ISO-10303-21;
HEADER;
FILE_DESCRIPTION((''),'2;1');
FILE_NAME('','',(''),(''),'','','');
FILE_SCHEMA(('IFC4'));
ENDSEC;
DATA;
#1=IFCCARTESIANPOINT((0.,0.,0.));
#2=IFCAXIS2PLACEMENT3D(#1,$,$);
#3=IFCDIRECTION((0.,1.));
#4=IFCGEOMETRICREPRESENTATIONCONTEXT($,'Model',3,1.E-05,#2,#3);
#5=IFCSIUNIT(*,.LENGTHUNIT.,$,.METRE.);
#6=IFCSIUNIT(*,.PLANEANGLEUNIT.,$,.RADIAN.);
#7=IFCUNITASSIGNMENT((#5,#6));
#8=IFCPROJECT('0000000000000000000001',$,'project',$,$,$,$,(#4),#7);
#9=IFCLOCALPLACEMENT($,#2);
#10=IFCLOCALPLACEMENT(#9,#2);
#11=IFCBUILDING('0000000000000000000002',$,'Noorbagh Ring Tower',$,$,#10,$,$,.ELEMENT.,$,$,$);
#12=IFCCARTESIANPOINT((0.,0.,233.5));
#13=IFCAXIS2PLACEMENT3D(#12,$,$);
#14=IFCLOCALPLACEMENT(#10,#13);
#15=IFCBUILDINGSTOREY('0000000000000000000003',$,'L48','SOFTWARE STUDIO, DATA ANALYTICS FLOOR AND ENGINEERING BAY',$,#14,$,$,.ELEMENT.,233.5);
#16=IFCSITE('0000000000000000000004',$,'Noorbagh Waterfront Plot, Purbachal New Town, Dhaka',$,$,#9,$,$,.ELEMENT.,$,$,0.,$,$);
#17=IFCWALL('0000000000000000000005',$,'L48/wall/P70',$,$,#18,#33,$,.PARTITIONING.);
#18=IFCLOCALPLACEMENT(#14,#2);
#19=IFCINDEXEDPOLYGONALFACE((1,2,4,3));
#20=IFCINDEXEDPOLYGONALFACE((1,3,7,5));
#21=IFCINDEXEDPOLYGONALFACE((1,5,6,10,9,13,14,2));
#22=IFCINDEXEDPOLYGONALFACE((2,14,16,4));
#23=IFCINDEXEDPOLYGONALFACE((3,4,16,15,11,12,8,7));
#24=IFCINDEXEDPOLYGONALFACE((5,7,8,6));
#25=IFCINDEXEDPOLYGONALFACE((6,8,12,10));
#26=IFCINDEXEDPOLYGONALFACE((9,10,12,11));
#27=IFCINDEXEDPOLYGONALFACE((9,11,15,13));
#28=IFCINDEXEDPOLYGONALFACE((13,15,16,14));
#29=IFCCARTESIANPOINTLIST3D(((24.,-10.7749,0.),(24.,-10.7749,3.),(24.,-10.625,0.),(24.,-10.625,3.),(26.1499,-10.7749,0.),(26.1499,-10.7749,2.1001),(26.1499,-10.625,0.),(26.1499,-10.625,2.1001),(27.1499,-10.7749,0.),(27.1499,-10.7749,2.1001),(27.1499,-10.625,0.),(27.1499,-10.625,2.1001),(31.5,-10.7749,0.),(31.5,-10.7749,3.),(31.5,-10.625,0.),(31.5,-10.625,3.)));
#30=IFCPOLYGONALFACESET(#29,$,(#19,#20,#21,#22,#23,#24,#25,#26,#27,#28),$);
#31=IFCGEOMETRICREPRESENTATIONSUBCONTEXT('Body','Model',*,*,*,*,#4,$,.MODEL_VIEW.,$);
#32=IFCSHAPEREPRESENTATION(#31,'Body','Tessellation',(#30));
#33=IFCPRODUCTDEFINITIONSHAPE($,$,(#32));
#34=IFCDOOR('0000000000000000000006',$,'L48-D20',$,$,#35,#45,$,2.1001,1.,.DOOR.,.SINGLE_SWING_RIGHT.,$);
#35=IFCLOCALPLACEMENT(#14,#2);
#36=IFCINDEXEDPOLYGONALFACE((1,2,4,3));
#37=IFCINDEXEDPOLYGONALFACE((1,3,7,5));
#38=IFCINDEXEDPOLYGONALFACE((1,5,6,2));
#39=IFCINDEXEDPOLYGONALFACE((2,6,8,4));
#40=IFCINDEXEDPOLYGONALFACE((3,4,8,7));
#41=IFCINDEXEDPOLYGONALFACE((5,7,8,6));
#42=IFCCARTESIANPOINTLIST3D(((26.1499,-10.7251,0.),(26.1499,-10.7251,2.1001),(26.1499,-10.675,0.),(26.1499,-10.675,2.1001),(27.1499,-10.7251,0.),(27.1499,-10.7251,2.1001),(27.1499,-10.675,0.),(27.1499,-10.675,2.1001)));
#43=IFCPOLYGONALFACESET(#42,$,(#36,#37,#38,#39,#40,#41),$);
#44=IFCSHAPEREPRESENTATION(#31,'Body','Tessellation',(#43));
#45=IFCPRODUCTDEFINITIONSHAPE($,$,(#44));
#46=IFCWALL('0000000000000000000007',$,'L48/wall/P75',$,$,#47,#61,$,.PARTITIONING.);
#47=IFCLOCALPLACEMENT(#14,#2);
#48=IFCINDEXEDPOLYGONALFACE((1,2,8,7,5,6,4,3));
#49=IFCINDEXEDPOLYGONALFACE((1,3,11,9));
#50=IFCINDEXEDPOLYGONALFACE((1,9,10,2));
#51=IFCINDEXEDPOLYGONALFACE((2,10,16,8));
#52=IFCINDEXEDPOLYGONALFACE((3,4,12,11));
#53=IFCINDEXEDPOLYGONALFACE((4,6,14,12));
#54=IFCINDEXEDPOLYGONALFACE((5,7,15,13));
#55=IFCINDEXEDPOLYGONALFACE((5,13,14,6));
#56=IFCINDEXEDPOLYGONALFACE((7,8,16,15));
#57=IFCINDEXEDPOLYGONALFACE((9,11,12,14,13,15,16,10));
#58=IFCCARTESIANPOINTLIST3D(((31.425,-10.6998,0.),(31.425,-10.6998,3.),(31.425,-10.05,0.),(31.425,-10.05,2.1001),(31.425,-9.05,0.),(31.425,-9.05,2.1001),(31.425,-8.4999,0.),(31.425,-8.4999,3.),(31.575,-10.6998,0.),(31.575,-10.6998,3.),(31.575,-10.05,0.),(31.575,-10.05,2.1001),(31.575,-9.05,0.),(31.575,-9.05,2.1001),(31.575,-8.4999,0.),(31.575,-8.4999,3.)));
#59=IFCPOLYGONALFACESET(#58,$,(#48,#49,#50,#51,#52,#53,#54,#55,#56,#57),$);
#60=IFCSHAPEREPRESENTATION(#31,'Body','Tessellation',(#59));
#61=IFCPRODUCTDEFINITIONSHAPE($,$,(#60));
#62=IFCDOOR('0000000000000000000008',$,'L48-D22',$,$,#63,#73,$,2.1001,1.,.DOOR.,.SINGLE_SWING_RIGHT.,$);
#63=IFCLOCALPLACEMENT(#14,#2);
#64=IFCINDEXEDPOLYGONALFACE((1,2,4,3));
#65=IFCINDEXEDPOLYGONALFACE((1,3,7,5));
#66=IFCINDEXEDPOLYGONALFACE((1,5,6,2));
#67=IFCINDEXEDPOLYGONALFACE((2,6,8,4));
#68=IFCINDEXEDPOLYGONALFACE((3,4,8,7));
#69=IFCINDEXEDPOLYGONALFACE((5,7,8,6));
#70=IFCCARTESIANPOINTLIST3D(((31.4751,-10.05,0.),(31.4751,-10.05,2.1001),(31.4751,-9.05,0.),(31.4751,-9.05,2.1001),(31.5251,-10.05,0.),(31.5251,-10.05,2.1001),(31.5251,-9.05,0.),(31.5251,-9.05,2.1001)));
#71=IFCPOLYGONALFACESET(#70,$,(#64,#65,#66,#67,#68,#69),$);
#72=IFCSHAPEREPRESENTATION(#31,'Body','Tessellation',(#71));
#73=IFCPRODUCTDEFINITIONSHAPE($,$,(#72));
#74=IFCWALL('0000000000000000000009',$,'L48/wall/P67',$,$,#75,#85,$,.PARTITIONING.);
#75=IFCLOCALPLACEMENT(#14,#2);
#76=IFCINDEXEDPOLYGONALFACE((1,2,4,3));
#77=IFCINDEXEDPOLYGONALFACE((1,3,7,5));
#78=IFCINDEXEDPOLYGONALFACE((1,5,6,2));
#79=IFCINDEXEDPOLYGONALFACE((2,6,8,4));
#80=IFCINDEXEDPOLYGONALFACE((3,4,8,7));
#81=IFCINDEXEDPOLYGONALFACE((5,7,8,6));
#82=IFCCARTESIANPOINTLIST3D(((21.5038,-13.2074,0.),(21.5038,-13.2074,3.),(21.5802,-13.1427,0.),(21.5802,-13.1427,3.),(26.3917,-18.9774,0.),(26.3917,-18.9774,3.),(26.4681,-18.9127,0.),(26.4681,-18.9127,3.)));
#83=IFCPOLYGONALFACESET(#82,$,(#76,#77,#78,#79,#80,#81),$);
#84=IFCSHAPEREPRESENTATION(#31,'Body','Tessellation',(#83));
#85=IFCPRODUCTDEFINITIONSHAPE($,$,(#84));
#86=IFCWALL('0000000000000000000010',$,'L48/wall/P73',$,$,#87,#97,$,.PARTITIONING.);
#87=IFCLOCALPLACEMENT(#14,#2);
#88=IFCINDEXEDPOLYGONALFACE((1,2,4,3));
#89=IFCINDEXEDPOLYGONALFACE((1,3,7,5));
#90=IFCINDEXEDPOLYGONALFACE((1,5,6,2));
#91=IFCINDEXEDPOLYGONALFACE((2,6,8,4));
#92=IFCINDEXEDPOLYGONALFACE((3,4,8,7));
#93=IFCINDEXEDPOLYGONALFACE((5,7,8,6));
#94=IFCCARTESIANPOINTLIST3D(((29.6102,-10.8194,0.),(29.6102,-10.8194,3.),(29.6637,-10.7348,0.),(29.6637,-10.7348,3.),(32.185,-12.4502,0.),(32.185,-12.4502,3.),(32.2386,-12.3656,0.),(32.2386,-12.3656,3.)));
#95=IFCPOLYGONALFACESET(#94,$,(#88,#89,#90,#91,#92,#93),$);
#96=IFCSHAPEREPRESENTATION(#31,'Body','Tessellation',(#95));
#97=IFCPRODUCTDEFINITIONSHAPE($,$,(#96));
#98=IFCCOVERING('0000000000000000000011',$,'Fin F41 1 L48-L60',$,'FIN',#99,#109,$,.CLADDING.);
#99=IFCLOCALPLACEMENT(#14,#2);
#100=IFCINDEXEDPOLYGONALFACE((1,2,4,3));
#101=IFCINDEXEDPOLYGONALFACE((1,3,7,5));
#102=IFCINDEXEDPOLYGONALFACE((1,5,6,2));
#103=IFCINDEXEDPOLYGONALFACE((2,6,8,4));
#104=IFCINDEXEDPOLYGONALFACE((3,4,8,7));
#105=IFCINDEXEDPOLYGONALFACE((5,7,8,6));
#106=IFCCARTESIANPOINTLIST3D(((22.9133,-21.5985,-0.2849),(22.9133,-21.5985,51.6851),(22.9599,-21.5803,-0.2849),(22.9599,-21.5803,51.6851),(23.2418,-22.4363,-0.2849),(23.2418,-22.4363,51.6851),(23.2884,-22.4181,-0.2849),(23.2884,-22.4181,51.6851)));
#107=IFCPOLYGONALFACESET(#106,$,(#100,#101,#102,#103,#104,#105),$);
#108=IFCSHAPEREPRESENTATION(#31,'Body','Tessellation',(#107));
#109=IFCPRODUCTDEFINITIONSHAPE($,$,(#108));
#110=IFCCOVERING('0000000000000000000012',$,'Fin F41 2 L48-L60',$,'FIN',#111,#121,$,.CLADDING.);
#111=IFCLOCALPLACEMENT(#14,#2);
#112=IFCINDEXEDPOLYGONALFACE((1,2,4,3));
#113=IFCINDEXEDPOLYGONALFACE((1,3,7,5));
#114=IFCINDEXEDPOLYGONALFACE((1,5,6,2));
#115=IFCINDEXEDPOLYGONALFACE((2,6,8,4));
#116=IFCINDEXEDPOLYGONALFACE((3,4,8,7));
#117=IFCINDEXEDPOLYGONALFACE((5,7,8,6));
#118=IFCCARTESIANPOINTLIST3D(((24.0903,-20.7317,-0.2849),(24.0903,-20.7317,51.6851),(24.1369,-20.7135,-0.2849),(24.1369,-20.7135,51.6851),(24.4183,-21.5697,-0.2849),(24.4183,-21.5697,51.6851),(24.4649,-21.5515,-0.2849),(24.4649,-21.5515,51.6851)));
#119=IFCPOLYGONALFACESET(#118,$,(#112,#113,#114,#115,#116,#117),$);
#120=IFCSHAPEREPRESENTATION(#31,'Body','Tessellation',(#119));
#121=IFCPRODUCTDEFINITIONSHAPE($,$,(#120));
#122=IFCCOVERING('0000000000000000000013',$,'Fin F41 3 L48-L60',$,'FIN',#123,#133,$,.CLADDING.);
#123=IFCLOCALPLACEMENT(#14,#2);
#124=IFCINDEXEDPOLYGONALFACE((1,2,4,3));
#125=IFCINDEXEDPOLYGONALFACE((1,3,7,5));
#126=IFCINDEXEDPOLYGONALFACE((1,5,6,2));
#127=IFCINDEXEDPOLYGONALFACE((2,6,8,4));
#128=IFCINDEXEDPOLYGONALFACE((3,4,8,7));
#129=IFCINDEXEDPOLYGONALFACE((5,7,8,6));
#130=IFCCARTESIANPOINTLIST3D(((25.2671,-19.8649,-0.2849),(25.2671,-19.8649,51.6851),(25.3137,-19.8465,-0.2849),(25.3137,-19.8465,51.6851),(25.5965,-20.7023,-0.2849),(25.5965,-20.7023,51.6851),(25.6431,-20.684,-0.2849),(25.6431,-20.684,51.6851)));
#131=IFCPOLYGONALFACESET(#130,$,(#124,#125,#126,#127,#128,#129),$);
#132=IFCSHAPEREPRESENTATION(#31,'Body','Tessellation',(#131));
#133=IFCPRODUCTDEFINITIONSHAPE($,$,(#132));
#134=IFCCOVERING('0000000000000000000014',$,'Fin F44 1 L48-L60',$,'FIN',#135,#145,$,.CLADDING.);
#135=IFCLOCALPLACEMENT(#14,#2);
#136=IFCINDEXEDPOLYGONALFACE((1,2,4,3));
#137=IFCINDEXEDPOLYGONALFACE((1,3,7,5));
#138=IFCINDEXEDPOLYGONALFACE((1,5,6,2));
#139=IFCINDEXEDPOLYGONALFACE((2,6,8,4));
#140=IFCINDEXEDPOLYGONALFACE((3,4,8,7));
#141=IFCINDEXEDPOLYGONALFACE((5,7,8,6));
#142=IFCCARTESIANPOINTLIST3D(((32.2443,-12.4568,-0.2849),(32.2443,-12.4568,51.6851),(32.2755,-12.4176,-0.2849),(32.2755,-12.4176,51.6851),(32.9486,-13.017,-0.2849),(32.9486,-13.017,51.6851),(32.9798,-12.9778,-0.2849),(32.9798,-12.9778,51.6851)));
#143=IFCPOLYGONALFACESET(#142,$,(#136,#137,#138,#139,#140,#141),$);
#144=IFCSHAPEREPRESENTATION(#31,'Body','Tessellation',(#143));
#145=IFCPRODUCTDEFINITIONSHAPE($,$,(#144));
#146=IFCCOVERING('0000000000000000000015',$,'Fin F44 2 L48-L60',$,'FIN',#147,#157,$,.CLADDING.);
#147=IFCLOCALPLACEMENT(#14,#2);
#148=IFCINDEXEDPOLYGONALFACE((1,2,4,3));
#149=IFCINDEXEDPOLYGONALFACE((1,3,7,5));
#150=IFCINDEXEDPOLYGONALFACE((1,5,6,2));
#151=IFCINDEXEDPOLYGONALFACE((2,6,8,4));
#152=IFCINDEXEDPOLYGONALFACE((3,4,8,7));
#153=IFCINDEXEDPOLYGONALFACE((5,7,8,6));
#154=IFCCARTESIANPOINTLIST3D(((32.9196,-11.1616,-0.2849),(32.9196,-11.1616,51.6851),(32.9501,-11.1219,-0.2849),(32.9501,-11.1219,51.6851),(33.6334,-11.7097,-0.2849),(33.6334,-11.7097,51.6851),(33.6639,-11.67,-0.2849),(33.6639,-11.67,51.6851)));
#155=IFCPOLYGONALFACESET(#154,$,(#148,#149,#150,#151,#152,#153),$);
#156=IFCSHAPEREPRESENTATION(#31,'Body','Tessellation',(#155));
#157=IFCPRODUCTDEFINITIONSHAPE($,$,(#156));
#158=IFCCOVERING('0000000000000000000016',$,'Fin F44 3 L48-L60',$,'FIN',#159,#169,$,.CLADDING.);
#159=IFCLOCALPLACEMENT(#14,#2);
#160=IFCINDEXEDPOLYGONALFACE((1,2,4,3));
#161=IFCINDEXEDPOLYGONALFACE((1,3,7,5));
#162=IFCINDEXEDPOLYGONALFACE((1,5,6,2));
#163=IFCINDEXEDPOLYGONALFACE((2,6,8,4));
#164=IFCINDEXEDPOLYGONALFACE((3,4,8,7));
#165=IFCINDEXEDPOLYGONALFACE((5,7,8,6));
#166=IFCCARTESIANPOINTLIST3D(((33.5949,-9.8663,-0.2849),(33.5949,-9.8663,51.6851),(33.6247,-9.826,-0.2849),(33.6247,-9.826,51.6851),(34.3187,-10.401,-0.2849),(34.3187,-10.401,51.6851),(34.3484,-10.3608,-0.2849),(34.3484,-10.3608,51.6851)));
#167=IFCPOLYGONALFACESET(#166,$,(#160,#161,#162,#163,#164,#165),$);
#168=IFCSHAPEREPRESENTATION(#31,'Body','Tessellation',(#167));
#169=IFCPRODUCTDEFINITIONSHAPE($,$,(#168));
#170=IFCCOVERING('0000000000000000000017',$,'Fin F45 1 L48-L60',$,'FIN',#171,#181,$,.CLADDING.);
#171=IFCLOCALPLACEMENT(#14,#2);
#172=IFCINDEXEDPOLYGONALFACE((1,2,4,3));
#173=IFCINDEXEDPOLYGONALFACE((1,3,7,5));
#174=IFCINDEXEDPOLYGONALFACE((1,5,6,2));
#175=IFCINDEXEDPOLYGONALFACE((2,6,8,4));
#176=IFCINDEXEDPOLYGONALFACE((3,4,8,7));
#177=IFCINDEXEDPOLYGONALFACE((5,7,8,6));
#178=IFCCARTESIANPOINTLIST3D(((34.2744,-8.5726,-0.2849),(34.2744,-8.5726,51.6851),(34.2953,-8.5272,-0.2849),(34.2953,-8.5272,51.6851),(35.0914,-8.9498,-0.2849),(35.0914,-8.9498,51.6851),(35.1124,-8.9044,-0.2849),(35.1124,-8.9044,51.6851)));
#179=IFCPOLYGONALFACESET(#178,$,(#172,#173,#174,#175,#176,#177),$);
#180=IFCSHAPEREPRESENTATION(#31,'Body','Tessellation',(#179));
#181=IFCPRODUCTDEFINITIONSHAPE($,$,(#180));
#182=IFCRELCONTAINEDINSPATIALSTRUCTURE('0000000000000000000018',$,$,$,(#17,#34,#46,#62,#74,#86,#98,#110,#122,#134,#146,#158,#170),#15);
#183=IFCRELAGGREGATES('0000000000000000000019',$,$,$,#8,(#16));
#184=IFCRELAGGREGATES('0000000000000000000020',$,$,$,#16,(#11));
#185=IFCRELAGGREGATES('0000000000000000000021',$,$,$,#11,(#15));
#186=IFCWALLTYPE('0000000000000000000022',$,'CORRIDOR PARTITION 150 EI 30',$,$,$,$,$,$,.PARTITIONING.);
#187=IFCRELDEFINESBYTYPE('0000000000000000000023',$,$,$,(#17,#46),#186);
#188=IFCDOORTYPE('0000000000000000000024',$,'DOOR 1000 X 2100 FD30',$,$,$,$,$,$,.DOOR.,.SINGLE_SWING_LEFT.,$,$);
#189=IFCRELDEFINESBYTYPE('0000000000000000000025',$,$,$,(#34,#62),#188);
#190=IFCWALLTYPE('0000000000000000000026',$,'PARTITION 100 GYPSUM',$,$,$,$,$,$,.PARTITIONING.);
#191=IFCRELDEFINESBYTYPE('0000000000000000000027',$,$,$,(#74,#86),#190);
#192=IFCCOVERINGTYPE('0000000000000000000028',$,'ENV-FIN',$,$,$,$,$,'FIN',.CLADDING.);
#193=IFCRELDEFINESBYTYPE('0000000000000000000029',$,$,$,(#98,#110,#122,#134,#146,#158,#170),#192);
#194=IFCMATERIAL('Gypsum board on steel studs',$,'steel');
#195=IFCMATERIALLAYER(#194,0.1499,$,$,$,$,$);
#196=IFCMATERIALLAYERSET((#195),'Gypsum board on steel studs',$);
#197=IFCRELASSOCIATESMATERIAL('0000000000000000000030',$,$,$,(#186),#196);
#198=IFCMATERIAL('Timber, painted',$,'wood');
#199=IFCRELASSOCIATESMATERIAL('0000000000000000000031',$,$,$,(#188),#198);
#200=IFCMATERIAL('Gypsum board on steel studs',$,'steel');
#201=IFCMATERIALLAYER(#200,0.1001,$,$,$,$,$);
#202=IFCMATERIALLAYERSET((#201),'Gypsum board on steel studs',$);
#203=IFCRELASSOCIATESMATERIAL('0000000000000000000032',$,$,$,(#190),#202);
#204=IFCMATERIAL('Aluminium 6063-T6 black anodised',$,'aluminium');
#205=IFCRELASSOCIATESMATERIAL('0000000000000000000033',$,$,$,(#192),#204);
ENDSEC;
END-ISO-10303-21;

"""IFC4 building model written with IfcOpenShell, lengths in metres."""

from ifc_helpers import new_model, si_unit, direction, frame, frame_2d, origin, origin_2d, place, context, subcontext, project, spatial, rectangle, extrude, material, layer, layer_set, material_profile, profile_set, type_object, element, fill, save


model = new_model("IFC4")

# Units and contexts
model_context = context("Model", 3, precision=1e-05, world=origin(), true_north=direction((0.0, 1.0)))
body_context = subcontext(model_context, "Body", "Model", "MODEL_VIEW")
ifc_project = project(units=[si_unit("LENGTHUNIT", "METRE"), si_unit("PLANEANGLEUNIT", "RADIAN")], contexts=[model_context])

# Site, building, storey
site_placement = place(None, origin())
site = spatial("IfcSite", under=ifc_project, at=site_placement, Name="Noorbagh Waterfront Plot, Purbachal New Town, Dhaka", CompositionType="ELEMENT", RefElevation=0.0)
building_placement = place(site_placement, origin())
building = spatial("IfcBuilding", under=site, at=building_placement, Name="Noorbagh Ring Tower", CompositionType="ELEMENT")
storey_placement = place(building_placement, frame((0.0, 0.0, 233.5)))
storey = spatial("IfcBuildingStorey", under=building, at=storey_placement, Name="L48", Description="SOFTWARE STUDIO, DATA ANALYTICS FLOOR AND ENGINEERING BAY", CompositionType="ELEMENT", Elevation=233.5)

# Shared definitions
ifc_material_1 = material(Name="Gypsum board on steel studs", Category="steel")
ifc_layer_1 = layer(ifc_material_1, 0.1499)
ifc_layer_set_1 = layer_set([ifc_layer_1], Name="Gypsum board on steel studs")
wall_type_1 = type_object("IfcWallType", Name="CORRIDOR PARTITION 150 EI 30", PredefinedType="PARTITIONING", material=ifc_layer_set_1)

# Walls, openings, doors
wall_1_placement = place(storey_placement, frame((24.0, -10.7, 0.0), z_axis=(0.0, 0.0, 1.0), x_axis=(1.0, 0.0, 0.0)))
wall_1 = element("IfcWall", 1, at=wall_1_placement, inside=storey, type_object=wall_type_1, Name="L48/wall/P70", PredefinedType="PARTITIONING", context=body_context, shape_type="SweptSolid", body=[
    extrude(rectangle(XDim=7.5, YDim=0.1499, at=frame_2d((3.75, 0.0))), origin(), (0.0, 0.0, 1.0), 3.0),
])
opening_1_placement = place(wall_1_placement, frame((2.1499, 0.0, 0.0)))
opening_1 = element("IfcOpeningElement", 2, at=opening_1_placement, cuts=wall_1, PredefinedType="OPENING", context=body_context, shape_type="SweptSolid", body=[
    extrude(rectangle(XDim=1.0, YDim=2.1001, at=frame_2d((0.5, 1.05))), frame((0.0, 0.085, 0.0), z_axis=(0.0, -1.0, 0.0), x_axis=(1.0, 0.0, 0.0)), (0.0, 0.0, 1.0), 0.1699),
])
ifc_material_2 = material(Name="Timber, painted", Category="wood")
door_type = type_object("IfcDoorType", Name="DOOR 1000 X 2100 FD30", OperationType="SINGLE_SWING_LEFT", PredefinedType="DOOR", material=ifc_material_2)
door_1_placement = place(opening_1_placement, origin())
door_1 = element("IfcDoor", 3, at=door_1_placement, inside=storey, type_object=door_type, Name="L48-D20", OperationType="SINGLE_SWING_RIGHT", OverallHeight=2.1001, OverallWidth=1.0, PredefinedType="DOOR", context=body_context, shape_type="SweptSolid", body=[
    extrude(rectangle(XDim=1.0, YDim=2.1001, at=frame_2d((0.5, 1.05))), frame((0.0, 0.0249, 0.0), z_axis=(0.0, -1.0, 0.0), x_axis=(1.0, 0.0, 0.0)), (0.0, 0.0, 1.0), 0.05),
])
fill(opening_1, door_1)
wall_2_placement = place(storey_placement, frame((31.5, -10.7, 0.0), z_axis=(0.0, 0.0, 1.0), x_axis=(0.0, 1.0, 0.0)))
wall_2 = element("IfcWall", 4, at=wall_2_placement, inside=storey, type_object=wall_type_1, Name="L48/wall/P75", PredefinedType="PARTITIONING", context=body_context, shape_type="SweptSolid", body=[
    extrude(rectangle(XDim=2.2, YDim=0.1499, at=frame_2d((1.1001, 0.0))), origin(), (0.0, 0.0, 1.0), 3.0),
])
opening_2_placement = place(wall_2_placement, frame((0.6499, 0.0, 0.0)))
opening_2 = element("IfcOpeningElement", 5, at=opening_2_placement, cuts=wall_2, PredefinedType="OPENING", context=body_context, shape_type="SweptSolid", body=[
    extrude(rectangle(XDim=1.0, YDim=2.1001, at=frame_2d((0.5, 1.05))), frame((0.0, 0.085, 0.0), z_axis=(0.0, -1.0, 0.0), x_axis=(1.0, 0.0, 0.0)), (0.0, 0.0, 1.0), 0.1699),
])
door_2_placement = place(opening_2_placement, origin())
door_2 = element("IfcDoor", 6, at=door_2_placement, inside=storey, type_object=door_type, Name="L48-D22", OperationType="SINGLE_SWING_RIGHT", OverallHeight=2.1001, OverallWidth=1.0, PredefinedType="DOOR", context=body_context, shape_type="SweptSolid", body=[
    extrude(rectangle(XDim=1.0, YDim=2.1001, at=frame_2d((0.5, 1.05))), frame((0.0, 0.0249, 0.0), z_axis=(0.0, -1.0, 0.0), x_axis=(1.0, 0.0, 0.0)), (0.0, 0.0, 1.0), 0.05),
])
fill(opening_2, door_2)

# Walls
ifc_material_3 = material(Name="Gypsum board on steel studs", Category="steel")
ifc_layer_2 = layer(ifc_material_3, 0.1001)
ifc_layer_set_2 = layer_set([ifc_layer_2], Name="Gypsum board on steel studs")
wall_type_2 = type_object("IfcWallType", Name="PARTITION 100 GYPSUM", PredefinedType="PARTITIONING", material=ifc_layer_set_2)
wall_3_placement = place(storey_placement, frame((21.542, -13.175, 0.0), z_axis=(0.0, 0.0, 1.0), x_axis=(0.646375, -0.76302, 0.0)))
element("IfcWall", 7, at=wall_3_placement, inside=storey, type_object=wall_type_2, Name="L48/wall/P67", PredefinedType="PARTITIONING", context=body_context, shape_type="SweptSolid", body=[
    extrude(rectangle(XDim=7.562, YDim=0.1001, at=frame_2d((3.781, 0.0))), origin(), (0.0, 0.0, 1.0), 3.0),
])
wall_4_placement = place(storey_placement, frame((29.637, -10.7771, 0.0), z_axis=(0.0, 0.0, 1.0), x_axis=(0.844811, -0.535065, 0.0)))
element("IfcWall", 8, at=wall_4_placement, inside=storey, type_object=wall_type_2, Name="L48/wall/P73", PredefinedType="PARTITIONING", context=body_context, shape_type="SweptSolid", body=[
    extrude(rectangle(XDim=3.0479, YDim=0.1001, at=frame_2d((1.5239, 0.0))), origin(), (0.0, 0.0, 1.0), 3.0),
])

# Coverings
ifc_material_4 = material(Name="Aluminium 6063-T6 black anodised", Category="aluminium")
ifc_material_profile_1 = material_profile(ifc_material_4, rectangle(XDim=0.8999, YDim=0.05, at=origin_2d()), Name="900x50")
ifc_profile_set_1 = profile_set([ifc_material_profile_1], Name="Aluminium 6063-T6 black anodised")
covering_type = type_object("IfcCoveringType", Name="ENV-FIN", ElementType="FIN", PredefinedType="CLADDING", material=ifc_profile_set_1)
for number, where, z_axis, x_axis, name in (
    (9, (23.1008, -22.0083, -0.2849), (0.0, 0.0, 1.0), (0.365038, -0.930993, 0.0), "Fin F41 1 L48-L60"),
    (10, (24.2776, -21.1416, -0.2849), (0.0, 0.0, 1.0), (0.364533, -0.93119, 0.0), "Fin F41 2 L48-L60"),
    (11, (25.4551, -20.2744, -0.2849), (0.0, 0.0, 1.0), (0.366047, -0.930596, 0.0), "Fin F41 3 L48-L60"),
    (12, (32.6121, -12.7173, -0.2849), (0.0, 0.0, 1.0), (0.782644, -0.62247, 0.0), "Fin F44 1 L48-L60"),
    (13, (33.2917, -11.4158, -0.2849), (0.0, 0.0, 1.0), (0.793138, -0.609043, 0.0), "Fin F44 2 L48-L60"),
    (14, (33.9717, -10.1135, -0.2849), (0.0, 0.0, 1.0), (0.80426, -0.594277, 0.0), "Fin F44 3 L48-L60"),
    (15, (34.6934, -8.7385, -0.2849), (0.0, 0.0, 1.0), (0.907912, -0.419162, 0.0), "Fin F45 1 L48-L60"),
):
    element("IfcCovering", number, at=place(storey_placement, frame(where, z_axis=z_axis, x_axis=x_axis)), inside=storey, type_object=covering_type, Name=name, ObjectType="FIN", PredefinedType="CLADDING", context=body_context, shape_type="SweptSolid", body=[
        extrude(rectangle(XDim=0.8999, YDim=0.05, at=origin_2d()), origin(), (0.0, 0.0, 1.0), 51.97),
    ])

save(model, "model.ifc")
